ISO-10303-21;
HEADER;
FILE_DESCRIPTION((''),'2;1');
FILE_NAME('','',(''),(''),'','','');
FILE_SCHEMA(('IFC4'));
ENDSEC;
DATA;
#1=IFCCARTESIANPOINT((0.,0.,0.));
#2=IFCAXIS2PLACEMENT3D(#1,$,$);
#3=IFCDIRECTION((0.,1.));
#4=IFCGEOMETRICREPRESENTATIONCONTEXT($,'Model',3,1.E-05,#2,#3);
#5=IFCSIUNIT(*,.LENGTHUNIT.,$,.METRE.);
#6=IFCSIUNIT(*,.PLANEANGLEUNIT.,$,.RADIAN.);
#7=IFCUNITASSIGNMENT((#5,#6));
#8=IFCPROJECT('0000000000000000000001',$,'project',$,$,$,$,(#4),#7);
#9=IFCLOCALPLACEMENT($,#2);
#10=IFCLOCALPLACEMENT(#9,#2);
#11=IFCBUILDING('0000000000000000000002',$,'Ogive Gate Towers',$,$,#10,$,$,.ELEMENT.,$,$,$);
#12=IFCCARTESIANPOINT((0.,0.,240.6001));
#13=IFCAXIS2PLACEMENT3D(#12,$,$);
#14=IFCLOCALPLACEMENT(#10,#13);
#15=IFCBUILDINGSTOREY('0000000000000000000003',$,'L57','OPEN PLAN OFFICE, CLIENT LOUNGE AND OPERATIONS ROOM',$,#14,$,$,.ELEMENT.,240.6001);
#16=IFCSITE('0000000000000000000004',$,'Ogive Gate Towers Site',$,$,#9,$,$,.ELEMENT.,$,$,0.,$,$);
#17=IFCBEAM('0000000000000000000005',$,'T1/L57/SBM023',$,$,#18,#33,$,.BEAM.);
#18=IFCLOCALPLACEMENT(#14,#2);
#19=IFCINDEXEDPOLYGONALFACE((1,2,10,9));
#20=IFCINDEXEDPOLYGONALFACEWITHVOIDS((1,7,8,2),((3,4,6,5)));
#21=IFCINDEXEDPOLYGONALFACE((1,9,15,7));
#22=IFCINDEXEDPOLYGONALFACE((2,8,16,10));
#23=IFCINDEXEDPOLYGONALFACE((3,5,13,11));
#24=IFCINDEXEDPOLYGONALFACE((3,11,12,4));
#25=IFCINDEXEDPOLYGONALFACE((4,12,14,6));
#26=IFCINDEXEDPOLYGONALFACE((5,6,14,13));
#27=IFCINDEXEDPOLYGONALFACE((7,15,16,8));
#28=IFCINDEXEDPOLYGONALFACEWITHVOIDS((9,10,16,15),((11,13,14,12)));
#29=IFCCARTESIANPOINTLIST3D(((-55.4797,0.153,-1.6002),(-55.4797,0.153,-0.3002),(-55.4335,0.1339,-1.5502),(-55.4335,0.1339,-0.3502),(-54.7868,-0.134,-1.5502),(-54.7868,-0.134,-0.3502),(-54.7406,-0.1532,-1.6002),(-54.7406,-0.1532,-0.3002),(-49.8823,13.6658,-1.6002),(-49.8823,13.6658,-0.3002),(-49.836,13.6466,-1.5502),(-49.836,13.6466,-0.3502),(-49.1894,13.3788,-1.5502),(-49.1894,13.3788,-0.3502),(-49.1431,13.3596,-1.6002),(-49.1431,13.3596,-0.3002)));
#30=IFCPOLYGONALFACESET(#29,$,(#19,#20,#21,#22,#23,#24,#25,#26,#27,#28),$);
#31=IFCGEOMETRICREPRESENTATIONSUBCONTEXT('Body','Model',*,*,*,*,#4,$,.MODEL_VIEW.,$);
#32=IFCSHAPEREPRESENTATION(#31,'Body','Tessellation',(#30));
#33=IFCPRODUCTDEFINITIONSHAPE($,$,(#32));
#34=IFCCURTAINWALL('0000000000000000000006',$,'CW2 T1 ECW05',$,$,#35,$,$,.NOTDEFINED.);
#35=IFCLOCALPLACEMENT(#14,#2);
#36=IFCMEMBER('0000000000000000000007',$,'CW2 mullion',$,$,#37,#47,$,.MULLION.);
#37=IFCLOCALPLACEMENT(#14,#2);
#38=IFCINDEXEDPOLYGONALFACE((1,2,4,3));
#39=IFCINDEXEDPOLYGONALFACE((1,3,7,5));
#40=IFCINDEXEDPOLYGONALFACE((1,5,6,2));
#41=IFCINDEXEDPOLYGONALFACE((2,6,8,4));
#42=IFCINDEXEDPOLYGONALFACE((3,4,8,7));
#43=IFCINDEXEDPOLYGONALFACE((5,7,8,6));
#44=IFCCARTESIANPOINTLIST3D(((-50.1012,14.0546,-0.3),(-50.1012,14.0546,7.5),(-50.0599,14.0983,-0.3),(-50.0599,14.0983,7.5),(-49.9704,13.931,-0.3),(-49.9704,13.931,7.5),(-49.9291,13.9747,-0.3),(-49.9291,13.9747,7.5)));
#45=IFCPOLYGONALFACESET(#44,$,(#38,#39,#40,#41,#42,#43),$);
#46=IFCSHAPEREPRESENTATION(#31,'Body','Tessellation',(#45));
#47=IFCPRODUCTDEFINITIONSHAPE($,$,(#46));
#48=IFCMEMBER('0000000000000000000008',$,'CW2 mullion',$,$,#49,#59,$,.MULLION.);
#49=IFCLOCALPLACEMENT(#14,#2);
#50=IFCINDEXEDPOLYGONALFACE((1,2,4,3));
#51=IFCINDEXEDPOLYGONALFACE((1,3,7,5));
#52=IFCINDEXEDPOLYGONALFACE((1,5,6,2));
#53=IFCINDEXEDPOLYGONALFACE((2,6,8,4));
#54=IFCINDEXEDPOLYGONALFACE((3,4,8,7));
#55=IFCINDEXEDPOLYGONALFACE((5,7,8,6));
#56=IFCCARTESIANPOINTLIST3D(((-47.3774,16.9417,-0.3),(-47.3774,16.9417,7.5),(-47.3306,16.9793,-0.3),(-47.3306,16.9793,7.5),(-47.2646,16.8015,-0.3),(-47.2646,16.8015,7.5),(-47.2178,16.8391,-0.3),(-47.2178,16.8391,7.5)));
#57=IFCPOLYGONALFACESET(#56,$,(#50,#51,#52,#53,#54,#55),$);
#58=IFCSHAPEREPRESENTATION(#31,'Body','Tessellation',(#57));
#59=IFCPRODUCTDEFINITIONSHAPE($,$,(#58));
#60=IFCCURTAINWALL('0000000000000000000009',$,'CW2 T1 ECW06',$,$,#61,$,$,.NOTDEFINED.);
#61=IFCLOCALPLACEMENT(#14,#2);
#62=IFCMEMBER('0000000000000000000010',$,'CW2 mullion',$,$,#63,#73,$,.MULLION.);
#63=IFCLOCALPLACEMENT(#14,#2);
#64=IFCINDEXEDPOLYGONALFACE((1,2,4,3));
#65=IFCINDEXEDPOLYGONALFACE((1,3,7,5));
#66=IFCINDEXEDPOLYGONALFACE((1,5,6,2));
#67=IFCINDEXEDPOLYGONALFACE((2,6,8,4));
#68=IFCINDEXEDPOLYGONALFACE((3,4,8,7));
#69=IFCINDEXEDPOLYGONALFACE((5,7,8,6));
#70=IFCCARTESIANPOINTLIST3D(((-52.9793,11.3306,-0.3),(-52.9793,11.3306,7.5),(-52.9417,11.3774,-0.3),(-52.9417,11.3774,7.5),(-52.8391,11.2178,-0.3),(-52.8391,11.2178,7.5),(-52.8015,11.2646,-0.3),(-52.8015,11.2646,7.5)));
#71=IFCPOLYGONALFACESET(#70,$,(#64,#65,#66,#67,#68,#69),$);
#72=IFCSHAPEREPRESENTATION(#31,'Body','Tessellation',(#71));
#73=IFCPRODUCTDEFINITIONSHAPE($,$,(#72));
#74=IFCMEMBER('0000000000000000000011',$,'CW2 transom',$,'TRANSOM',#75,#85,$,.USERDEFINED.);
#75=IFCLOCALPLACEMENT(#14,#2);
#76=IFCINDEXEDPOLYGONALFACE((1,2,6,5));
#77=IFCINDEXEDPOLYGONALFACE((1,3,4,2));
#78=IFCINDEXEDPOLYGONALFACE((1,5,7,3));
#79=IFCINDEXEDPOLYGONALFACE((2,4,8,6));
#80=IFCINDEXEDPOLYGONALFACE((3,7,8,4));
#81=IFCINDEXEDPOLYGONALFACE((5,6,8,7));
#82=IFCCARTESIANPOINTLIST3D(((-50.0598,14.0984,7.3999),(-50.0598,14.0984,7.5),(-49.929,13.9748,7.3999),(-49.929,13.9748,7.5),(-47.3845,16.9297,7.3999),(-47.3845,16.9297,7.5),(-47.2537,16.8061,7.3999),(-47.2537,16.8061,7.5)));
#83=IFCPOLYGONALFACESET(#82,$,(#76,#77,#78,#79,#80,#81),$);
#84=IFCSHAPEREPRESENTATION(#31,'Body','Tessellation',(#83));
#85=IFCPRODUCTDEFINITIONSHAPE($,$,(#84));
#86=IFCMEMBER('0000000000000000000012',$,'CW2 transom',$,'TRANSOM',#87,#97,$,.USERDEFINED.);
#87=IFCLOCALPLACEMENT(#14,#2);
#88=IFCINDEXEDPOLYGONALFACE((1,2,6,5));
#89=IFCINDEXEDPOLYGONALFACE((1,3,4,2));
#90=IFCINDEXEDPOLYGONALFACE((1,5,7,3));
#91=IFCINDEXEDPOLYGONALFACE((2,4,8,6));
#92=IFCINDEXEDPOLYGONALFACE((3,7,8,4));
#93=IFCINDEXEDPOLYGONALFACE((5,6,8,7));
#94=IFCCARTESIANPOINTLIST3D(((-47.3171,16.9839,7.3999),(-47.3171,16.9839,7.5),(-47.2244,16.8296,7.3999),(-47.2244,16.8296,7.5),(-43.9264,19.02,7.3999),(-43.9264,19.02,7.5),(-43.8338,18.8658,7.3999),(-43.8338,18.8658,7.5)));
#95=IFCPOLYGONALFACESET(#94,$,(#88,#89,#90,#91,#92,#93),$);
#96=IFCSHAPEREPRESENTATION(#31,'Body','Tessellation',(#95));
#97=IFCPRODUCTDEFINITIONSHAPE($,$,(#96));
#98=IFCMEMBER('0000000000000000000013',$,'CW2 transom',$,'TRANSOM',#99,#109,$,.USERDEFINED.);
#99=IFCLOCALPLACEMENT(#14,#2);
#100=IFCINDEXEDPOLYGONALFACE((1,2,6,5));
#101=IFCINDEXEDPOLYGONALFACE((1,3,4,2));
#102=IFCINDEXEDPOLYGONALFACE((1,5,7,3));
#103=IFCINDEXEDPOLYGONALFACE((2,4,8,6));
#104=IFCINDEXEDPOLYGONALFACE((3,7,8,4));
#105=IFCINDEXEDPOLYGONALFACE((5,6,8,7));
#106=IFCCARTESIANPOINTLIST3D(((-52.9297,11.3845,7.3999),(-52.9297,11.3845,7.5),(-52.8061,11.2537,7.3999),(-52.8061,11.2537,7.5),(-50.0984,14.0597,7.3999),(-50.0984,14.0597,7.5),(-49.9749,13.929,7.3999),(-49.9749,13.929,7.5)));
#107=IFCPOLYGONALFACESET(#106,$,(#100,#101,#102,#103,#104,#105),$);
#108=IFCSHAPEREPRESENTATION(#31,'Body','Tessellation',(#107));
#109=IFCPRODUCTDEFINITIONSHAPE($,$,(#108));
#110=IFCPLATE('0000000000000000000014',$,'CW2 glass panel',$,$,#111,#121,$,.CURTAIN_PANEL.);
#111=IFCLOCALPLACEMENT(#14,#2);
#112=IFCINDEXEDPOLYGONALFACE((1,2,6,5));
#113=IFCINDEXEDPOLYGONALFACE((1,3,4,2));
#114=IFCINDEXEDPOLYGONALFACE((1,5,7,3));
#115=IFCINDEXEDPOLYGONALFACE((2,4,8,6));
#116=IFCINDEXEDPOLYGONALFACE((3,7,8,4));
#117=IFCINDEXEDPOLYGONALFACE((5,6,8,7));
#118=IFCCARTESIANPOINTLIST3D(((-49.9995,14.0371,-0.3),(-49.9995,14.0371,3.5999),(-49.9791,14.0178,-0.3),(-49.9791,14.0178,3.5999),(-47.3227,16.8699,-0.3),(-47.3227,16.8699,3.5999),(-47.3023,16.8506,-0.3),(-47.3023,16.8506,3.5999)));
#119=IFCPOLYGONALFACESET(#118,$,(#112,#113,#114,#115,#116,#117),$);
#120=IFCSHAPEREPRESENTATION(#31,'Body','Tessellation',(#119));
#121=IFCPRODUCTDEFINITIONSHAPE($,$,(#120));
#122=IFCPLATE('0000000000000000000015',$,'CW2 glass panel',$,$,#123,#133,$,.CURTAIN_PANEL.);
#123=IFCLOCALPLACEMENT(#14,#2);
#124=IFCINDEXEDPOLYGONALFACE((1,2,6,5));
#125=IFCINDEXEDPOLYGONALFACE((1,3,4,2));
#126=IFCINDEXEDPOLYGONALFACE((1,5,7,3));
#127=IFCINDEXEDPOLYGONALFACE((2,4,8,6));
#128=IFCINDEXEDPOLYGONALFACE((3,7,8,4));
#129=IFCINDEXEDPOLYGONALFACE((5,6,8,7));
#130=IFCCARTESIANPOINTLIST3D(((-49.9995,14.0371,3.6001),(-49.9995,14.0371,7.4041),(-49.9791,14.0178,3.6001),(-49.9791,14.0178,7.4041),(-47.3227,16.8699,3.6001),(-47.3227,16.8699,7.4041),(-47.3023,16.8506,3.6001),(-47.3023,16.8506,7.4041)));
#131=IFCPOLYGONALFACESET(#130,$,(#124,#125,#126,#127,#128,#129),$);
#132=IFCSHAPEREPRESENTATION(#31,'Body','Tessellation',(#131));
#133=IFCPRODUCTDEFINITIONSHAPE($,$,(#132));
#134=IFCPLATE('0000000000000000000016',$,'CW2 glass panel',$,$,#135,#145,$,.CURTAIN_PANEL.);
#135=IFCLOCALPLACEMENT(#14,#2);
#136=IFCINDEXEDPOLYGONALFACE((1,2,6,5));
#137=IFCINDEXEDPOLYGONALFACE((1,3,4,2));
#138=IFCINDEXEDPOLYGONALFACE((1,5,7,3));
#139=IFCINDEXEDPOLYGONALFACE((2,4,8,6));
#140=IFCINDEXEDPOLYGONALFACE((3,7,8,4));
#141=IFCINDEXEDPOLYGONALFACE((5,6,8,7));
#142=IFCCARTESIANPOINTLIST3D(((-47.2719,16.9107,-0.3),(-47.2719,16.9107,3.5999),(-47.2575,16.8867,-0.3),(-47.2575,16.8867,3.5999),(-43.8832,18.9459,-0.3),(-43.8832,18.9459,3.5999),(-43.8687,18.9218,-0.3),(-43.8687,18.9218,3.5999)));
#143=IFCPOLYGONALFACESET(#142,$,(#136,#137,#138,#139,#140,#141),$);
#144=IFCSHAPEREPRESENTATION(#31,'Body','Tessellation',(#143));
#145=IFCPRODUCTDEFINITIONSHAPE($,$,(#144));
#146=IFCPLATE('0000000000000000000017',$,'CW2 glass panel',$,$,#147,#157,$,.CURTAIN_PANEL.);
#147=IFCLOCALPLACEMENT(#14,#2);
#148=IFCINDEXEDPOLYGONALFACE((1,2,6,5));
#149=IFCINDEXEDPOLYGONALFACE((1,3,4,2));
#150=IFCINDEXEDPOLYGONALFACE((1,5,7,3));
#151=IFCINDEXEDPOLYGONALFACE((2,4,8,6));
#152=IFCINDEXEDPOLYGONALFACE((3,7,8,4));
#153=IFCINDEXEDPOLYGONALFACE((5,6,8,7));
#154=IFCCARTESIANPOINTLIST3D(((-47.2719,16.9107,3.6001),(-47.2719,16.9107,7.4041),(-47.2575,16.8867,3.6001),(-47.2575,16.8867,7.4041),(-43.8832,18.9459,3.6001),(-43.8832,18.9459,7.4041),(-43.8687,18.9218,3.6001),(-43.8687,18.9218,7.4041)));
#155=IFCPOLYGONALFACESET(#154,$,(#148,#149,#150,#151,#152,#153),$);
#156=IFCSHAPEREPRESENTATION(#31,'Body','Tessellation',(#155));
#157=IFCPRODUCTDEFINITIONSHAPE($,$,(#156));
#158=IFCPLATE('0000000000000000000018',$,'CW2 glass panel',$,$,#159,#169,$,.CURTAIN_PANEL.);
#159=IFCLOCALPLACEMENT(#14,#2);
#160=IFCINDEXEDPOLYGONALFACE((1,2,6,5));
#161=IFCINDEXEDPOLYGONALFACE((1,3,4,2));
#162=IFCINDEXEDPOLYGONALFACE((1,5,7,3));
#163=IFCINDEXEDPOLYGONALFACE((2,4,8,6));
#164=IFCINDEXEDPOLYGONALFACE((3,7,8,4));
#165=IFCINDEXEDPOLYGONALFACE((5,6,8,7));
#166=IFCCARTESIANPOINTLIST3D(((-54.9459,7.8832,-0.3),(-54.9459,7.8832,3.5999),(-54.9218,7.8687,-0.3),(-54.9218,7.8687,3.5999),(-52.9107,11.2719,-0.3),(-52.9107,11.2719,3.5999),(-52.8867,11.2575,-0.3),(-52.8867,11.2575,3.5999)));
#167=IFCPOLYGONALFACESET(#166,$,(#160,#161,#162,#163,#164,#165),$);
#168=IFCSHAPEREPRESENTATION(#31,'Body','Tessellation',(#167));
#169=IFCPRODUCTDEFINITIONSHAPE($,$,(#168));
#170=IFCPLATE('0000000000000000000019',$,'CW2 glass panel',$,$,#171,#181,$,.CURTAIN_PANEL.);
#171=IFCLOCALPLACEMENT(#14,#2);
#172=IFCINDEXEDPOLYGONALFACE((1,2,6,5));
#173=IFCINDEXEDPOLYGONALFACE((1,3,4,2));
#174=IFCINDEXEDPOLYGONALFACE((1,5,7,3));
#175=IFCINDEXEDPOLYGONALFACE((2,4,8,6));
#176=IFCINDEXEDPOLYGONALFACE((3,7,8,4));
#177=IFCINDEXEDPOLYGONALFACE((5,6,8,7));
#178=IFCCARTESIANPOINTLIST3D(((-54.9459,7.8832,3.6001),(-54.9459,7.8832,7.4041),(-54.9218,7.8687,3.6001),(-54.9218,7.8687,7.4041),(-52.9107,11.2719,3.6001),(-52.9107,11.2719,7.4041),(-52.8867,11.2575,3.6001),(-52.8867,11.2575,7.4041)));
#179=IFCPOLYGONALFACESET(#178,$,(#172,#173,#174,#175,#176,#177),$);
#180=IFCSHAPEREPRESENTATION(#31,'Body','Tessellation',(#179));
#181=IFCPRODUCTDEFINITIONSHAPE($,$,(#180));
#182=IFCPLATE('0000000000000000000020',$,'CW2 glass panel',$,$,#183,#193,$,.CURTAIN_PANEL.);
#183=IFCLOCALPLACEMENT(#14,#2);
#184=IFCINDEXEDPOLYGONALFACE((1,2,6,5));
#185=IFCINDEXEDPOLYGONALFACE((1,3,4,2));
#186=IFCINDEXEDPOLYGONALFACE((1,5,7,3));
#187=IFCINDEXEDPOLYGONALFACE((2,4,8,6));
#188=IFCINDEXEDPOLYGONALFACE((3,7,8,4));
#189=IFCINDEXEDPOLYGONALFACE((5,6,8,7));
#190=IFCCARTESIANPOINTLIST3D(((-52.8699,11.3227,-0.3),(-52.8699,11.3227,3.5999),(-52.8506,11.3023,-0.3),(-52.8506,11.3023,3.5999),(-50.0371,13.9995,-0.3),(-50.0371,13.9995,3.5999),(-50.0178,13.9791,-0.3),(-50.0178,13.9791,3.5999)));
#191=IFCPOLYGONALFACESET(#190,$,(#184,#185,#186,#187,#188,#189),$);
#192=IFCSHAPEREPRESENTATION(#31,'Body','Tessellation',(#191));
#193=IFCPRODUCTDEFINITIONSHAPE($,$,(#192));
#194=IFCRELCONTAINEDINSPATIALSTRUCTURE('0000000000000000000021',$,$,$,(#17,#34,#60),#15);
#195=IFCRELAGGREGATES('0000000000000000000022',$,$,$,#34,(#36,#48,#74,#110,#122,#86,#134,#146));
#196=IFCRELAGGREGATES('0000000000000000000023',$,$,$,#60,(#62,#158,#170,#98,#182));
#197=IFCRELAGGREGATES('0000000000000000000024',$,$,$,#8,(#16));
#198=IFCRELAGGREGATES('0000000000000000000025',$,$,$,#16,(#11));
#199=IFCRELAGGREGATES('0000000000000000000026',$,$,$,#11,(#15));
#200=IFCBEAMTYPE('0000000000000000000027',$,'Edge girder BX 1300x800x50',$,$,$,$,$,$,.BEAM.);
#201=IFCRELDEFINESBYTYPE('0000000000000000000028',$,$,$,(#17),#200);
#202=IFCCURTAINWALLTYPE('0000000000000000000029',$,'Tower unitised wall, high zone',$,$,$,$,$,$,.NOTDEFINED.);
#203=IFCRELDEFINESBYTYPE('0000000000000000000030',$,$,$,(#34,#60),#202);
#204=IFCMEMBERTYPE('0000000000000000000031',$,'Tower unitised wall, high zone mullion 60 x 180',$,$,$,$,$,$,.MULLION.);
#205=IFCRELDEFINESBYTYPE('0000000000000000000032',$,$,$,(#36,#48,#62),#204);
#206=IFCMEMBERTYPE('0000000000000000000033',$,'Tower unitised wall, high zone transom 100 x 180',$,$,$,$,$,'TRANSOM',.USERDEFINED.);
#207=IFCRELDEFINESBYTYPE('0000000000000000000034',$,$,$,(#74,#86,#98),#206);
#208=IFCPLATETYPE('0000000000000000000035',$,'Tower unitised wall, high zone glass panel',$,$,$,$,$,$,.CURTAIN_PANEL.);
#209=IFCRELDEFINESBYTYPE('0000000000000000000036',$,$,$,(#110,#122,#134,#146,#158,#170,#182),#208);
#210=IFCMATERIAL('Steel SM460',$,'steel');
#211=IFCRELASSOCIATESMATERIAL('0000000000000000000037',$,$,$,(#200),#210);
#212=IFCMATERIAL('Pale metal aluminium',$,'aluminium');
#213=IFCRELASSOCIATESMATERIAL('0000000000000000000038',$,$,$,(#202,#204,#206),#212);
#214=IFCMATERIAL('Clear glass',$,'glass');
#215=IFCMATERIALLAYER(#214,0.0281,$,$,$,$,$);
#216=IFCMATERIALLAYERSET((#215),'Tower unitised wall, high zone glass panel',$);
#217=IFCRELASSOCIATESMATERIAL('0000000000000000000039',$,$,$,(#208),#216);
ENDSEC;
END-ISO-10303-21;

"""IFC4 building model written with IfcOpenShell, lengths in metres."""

from ifc_helpers import new_model, si_unit, direction, frame, origin, origin_2d, place, context, subcontext, project, spatial, rectangle, hollow_rectangle, extrude, material, layer, layer_set, material_profile, profile_set, type_object, element, aggregate, save


model = new_model("IFC4")

# Units and contexts
model_context = context("Model", 3, precision=1e-05, world=origin(), true_north=direction((0.0, 1.0)))
body_context = subcontext(model_context, "Body", "Model", "MODEL_VIEW")
ifc_project = project(units=[si_unit("LENGTHUNIT", "METRE"), si_unit("PLANEANGLEUNIT", "RADIAN")], contexts=[model_context])

# Site, building, storey
site_placement = place(None, origin())
site = spatial("IfcSite", under=ifc_project, at=site_placement, Name="Ogive Gate Towers Site", CompositionType="ELEMENT", RefElevation=0.0)
building_placement = place(site_placement, origin())
building = spatial("IfcBuilding", under=site, at=building_placement, Name="Ogive Gate Towers", CompositionType="ELEMENT")
storey_placement = place(building_placement, frame((0.0, 0.0, 240.6001)))
storey = spatial("IfcBuildingStorey", under=building, at=storey_placement, Name="L57", Description="OPEN PLAN OFFICE, CLIENT LOUNGE AND OPERATIONS ROOM", CompositionType="ELEMENT", Elevation=240.6001)

# Beam
ifc_material_1 = material(Name="Steel SM460", Category="steel")
ifc_material_profile_1 = material_profile(ifc_material_1, hollow_rectangle(XDim=0.8, YDim=1.3, WallThickness=0.05, at=origin_2d()), Name="BX 1300x800x50")
ifc_profile_set_1 = profile_set([ifc_material_profile_1], Name="Steel SM460")
beam_type = type_object("IfcBeamType", Name="Edge girder BX 1300x800x50", PredefinedType="BEAM", material=ifc_profile_set_1)
beam_placement = place(storey_placement, frame((-49.5127, 13.5127, -0.9502), z_axis=(-0.382699, -0.923873, 0.0), x_axis=(0.923873, -0.382699, 0.0)))
element("IfcBeam", 1, at=beam_placement, inside=storey, type_object=beam_type, Name="T1/L57/SBM023", PredefinedType="BEAM", context=body_context, shape_type="SweptSolid", body=[
    extrude(hollow_rectangle(XDim=0.8, YDim=1.3, WallThickness=0.05, at=origin_2d()), origin(), (0.0, 0.0, 1.0), 14.6262),
])

# Curtain wall, members
ifc_material_2 = material(Name="Pale metal aluminium", Category="aluminium")
curtain_wall_type = type_object("IfcCurtainWallType", Name="Tower unitised wall, high zone", PredefinedType="NOTDEFINED", material=ifc_material_2)
curtain_wall_1_placement = place(storey_placement, origin())
curtain_wall_1 = element("IfcCurtainWall", 2, at=curtain_wall_1_placement, inside=storey, type_object=curtain_wall_type, Name="CW2 T1 ECW05", PredefinedType="NOTDEFINED")
ifc_material_profile_2 = material_profile(ifc_material_2, rectangle(XDim=0.1799, YDim=0.0601, at=origin_2d()), Name="60 x 180 aluminium box")
ifc_profile_set_2 = profile_set([ifc_material_profile_2], Name="Pale metal aluminium")
member_type_1 = type_object("IfcMemberType", Name="Tower unitised wall, high zone mullion 60 x 180", PredefinedType="MULLION", material=ifc_profile_set_2)
member_1_placement = place(storey_placement, frame((-50.0151, 14.0146, -0.3), z_axis=(0.0, 0.0, 1.0), x_axis=(0.72685, -0.686796, 0.0)))
member_1 = element("IfcMember", 3, at=member_1_placement, type_object=member_type_1, Name="CW2 mullion", PredefinedType="MULLION", context=body_context, shape_type="SweptSolid", body=[
    extrude(rectangle(XDim=0.1799, YDim=0.0601, at=origin_2d()), origin(), (0.0, 0.0, 1.0), 7.8),
])
member_2_placement = place(storey_placement, frame((-47.2976, 16.8904, -0.3), z_axis=(0.0, 0.0, 1.0), x_axis=(0.626672, -0.779283, 0.0)))
member_2 = element("IfcMember", 4, at=member_2_placement, type_object=member_type_1, Name="CW2 mullion", PredefinedType="MULLION", context=body_context, shape_type="SweptSolid", body=[
    extrude(rectangle(XDim=0.1799, YDim=0.0601, at=origin_2d()), origin(), (0.0, 0.0, 1.0), 7.8),
])

# Curtain wall, member
curtain_wall_2_placement = place(storey_placement, origin())
curtain_wall_2 = element("IfcCurtainWall", 5, at=curtain_wall_2_placement, inside=storey, type_object=curtain_wall_type, Name="CW2 T1 ECW06", PredefinedType="NOTDEFINED")
member_3_placement = place(storey_placement, frame((-52.8904, 11.2976, -0.3), z_axis=(0.0, 0.0, 1.0), x_axis=(0.779283, -0.626672, 0.0)))
member_3 = element("IfcMember", 6, at=member_3_placement, type_object=member_type_1, Name="CW2 mullion", PredefinedType="MULLION", context=body_context, shape_type="SweptSolid", body=[
    extrude(rectangle(XDim=0.1799, YDim=0.0601, at=origin_2d()), origin(), (0.0, 0.0, 1.0), 7.8),
])

# Members
ifc_material_profile_3 = material_profile(ifc_material_2, rectangle(XDim=0.1799, YDim=0.1001, at=origin_2d()), Name="100 x 180 aluminium box")
ifc_profile_set_3 = profile_set([ifc_material_profile_3], Name="Pale metal aluminium")
member_type_2 = type_object("IfcMemberType", Name="Tower unitised wall, high zone transom 100 x 180", ElementType="TRANSOM", PredefinedType="USERDEFINED", material=ifc_profile_set_3)
member_4_placement = place(storey_placement, frame((-49.9944, 14.0366, 7.45), z_axis=(0.686798, 0.726848, 0.0), x_axis=(-0.726848, 0.686798, 0.0)))
member_4 = element("IfcMember", 7, at=member_4_placement, type_object=member_type_2, Name="CW2 transom", ObjectType="TRANSOM", PredefinedType="USERDEFINED", context=body_context, shape_type="SweptSolid", body=[
    extrude(rectangle(XDim=0.1799, YDim=0.1001, at=origin_2d()), origin(), (0.0, 0.0, 1.0), 3.8953),
])
member_5_placement = place(storey_placement, frame((-47.2708, 16.9067, 7.45), z_axis=(0.857297, 0.514823, 0.0), x_axis=(-0.514823, 0.857297, 0.0)))
member_5 = element("IfcMember", 8, at=member_5_placement, type_object=member_type_2, Name="CW2 transom", ObjectType="TRANSOM", PredefinedType="USERDEFINED", context=body_context, shape_type="SweptSolid", body=[
    extrude(rectangle(XDim=0.1799, YDim=0.1001, at=origin_2d()), origin(), (0.0, 0.0, 1.0), 3.9551),
])
member_6_placement = place(storey_placement, frame((-52.8679, 11.3191, 7.45), z_axis=(0.726848, 0.686798, 0.0), x_axis=(-0.686798, 0.726848, 0.0)))
member_6 = element("IfcMember", 9, at=member_6_placement, type_object=member_type_2, Name="CW2 transom", ObjectType="TRANSOM", PredefinedType="USERDEFINED", context=body_context, shape_type="SweptSolid", body=[
    extrude(rectangle(XDim=0.1799, YDim=0.1001, at=origin_2d()), origin(), (0.0, 0.0, 1.0), 3.8953),
])

# Plates
ifc_material_3 = material(Name="Clear glass", Category="glass")
ifc_layer_1 = layer(ifc_material_3, 0.0281)
ifc_layer_set_1 = layer_set([ifc_layer_1], Name="Tower unitised wall, high zone glass panel")
plate_type = type_object("IfcPlateType", Name="Tower unitised wall, high zone glass panel", PredefinedType="CURTAIN_PANEL", material=ifc_layer_set_1)
plate_1_placement = place(storey_placement, frame((-48.6509, 15.4438, -0.3), z_axis=(0.0, 0.0, 1.0), x_axis=(0.686796, 0.72685, 0.0)))
plate_1 = element("IfcPlate", 10, at=plate_1_placement, type_object=plate_type, Name="CW2 glass panel", PredefinedType="CURTAIN_PANEL", context=body_context, shape_type="SweptSolid", body=[
    extrude(rectangle(XDim=3.8975, YDim=0.0281, at=origin_2d()), origin(), (0.0, 0.0, 1.0), 3.8999),
])
plate_2_placement = place(storey_placement, frame((-48.6509, 15.4438, 3.6001), z_axis=(0.0, 0.0, 1.0), x_axis=(0.686796, 0.72685, 0.0)))
plate_2 = element("IfcPlate", 11, at=plate_2_placement, type_object=plate_type, Name="CW2 glass panel", PredefinedType="CURTAIN_PANEL", context=body_context, shape_type="SweptSolid", body=[
    extrude(rectangle(XDim=3.8975, YDim=0.0281, at=origin_2d()), origin(), (0.0, 0.0, 1.0), 3.804),
])
plate_3_placement = place(storey_placement, frame((-45.5703, 17.9163, -0.3), z_axis=(0.0, 0.0, 1.0), x_axis=(0.857284, 0.514844, 0.0)))
plate_3 = element("IfcPlate", 12, at=plate_3_placement, type_object=plate_type, Name="CW2 glass panel", PredefinedType="CURTAIN_PANEL", context=body_context, shape_type="SweptSolid", body=[
    extrude(rectangle(XDim=3.9529, YDim=0.0281, at=origin_2d()), origin(), (0.0, 0.0, 1.0), 3.8999),
])
plate_4_placement = place(storey_placement, frame((-45.5703, 17.9163, 3.6001), z_axis=(0.0, 0.0, 1.0), x_axis=(0.857284, 0.514844, 0.0)))
plate_4 = element("IfcPlate", 13, at=plate_4_placement, type_object=plate_type, Name="CW2 glass panel", PredefinedType="CURTAIN_PANEL", context=body_context, shape_type="SweptSolid", body=[
    extrude(rectangle(XDim=3.9529, YDim=0.0281, at=origin_2d()), origin(), (0.0, 0.0, 1.0), 3.804),
])
aggregate(curtain_wall_1, [member_1, member_2, member_4, plate_1, plate_2, member_5, plate_3, plate_4])
plate_5_placement = place(storey_placement, frame((-53.9163, 9.5703, -0.3), z_axis=(0.0, 0.0, 1.0), x_axis=(0.514844, 0.857284, 0.0)))
plate_5 = element("IfcPlate", 14, at=plate_5_placement, type_object=plate_type, Name="CW2 glass panel", PredefinedType="CURTAIN_PANEL", context=body_context, shape_type="SweptSolid", body=[
    extrude(rectangle(XDim=3.9529, YDim=0.0281, at=origin_2d()), origin(), (0.0, 0.0, 1.0), 3.8999),
])
plate_6_placement = place(storey_placement, frame((-53.9163, 9.5703, 3.6001), z_axis=(0.0, 0.0, 1.0), x_axis=(0.514844, 0.857284, 0.0)))
plate_6 = element("IfcPlate", 15, at=plate_6_placement, type_object=plate_type, Name="CW2 glass panel", PredefinedType="CURTAIN_PANEL", context=body_context, shape_type="SweptSolid", body=[
    extrude(rectangle(XDim=3.9529, YDim=0.0281, at=origin_2d()), origin(), (0.0, 0.0, 1.0), 3.804),
])
plate_7_placement = place(storey_placement, frame((-51.4438, 12.6509, -0.3), z_axis=(0.0, 0.0, 1.0), x_axis=(0.72685, 0.686796, 0.0)))
plate_7 = element("IfcPlate", 16, at=plate_7_placement, type_object=plate_type, Name="CW2 glass panel", PredefinedType="CURTAIN_PANEL", context=body_context, shape_type="SweptSolid", body=[
    extrude(rectangle(XDim=3.8975, YDim=0.0281, at=origin_2d()), origin(), (0.0, 0.0, 1.0), 3.8999),
])
aggregate(curtain_wall_2, [member_3, plate_5, plate_6, member_6, plate_7])

save(model, "model.ifc")
